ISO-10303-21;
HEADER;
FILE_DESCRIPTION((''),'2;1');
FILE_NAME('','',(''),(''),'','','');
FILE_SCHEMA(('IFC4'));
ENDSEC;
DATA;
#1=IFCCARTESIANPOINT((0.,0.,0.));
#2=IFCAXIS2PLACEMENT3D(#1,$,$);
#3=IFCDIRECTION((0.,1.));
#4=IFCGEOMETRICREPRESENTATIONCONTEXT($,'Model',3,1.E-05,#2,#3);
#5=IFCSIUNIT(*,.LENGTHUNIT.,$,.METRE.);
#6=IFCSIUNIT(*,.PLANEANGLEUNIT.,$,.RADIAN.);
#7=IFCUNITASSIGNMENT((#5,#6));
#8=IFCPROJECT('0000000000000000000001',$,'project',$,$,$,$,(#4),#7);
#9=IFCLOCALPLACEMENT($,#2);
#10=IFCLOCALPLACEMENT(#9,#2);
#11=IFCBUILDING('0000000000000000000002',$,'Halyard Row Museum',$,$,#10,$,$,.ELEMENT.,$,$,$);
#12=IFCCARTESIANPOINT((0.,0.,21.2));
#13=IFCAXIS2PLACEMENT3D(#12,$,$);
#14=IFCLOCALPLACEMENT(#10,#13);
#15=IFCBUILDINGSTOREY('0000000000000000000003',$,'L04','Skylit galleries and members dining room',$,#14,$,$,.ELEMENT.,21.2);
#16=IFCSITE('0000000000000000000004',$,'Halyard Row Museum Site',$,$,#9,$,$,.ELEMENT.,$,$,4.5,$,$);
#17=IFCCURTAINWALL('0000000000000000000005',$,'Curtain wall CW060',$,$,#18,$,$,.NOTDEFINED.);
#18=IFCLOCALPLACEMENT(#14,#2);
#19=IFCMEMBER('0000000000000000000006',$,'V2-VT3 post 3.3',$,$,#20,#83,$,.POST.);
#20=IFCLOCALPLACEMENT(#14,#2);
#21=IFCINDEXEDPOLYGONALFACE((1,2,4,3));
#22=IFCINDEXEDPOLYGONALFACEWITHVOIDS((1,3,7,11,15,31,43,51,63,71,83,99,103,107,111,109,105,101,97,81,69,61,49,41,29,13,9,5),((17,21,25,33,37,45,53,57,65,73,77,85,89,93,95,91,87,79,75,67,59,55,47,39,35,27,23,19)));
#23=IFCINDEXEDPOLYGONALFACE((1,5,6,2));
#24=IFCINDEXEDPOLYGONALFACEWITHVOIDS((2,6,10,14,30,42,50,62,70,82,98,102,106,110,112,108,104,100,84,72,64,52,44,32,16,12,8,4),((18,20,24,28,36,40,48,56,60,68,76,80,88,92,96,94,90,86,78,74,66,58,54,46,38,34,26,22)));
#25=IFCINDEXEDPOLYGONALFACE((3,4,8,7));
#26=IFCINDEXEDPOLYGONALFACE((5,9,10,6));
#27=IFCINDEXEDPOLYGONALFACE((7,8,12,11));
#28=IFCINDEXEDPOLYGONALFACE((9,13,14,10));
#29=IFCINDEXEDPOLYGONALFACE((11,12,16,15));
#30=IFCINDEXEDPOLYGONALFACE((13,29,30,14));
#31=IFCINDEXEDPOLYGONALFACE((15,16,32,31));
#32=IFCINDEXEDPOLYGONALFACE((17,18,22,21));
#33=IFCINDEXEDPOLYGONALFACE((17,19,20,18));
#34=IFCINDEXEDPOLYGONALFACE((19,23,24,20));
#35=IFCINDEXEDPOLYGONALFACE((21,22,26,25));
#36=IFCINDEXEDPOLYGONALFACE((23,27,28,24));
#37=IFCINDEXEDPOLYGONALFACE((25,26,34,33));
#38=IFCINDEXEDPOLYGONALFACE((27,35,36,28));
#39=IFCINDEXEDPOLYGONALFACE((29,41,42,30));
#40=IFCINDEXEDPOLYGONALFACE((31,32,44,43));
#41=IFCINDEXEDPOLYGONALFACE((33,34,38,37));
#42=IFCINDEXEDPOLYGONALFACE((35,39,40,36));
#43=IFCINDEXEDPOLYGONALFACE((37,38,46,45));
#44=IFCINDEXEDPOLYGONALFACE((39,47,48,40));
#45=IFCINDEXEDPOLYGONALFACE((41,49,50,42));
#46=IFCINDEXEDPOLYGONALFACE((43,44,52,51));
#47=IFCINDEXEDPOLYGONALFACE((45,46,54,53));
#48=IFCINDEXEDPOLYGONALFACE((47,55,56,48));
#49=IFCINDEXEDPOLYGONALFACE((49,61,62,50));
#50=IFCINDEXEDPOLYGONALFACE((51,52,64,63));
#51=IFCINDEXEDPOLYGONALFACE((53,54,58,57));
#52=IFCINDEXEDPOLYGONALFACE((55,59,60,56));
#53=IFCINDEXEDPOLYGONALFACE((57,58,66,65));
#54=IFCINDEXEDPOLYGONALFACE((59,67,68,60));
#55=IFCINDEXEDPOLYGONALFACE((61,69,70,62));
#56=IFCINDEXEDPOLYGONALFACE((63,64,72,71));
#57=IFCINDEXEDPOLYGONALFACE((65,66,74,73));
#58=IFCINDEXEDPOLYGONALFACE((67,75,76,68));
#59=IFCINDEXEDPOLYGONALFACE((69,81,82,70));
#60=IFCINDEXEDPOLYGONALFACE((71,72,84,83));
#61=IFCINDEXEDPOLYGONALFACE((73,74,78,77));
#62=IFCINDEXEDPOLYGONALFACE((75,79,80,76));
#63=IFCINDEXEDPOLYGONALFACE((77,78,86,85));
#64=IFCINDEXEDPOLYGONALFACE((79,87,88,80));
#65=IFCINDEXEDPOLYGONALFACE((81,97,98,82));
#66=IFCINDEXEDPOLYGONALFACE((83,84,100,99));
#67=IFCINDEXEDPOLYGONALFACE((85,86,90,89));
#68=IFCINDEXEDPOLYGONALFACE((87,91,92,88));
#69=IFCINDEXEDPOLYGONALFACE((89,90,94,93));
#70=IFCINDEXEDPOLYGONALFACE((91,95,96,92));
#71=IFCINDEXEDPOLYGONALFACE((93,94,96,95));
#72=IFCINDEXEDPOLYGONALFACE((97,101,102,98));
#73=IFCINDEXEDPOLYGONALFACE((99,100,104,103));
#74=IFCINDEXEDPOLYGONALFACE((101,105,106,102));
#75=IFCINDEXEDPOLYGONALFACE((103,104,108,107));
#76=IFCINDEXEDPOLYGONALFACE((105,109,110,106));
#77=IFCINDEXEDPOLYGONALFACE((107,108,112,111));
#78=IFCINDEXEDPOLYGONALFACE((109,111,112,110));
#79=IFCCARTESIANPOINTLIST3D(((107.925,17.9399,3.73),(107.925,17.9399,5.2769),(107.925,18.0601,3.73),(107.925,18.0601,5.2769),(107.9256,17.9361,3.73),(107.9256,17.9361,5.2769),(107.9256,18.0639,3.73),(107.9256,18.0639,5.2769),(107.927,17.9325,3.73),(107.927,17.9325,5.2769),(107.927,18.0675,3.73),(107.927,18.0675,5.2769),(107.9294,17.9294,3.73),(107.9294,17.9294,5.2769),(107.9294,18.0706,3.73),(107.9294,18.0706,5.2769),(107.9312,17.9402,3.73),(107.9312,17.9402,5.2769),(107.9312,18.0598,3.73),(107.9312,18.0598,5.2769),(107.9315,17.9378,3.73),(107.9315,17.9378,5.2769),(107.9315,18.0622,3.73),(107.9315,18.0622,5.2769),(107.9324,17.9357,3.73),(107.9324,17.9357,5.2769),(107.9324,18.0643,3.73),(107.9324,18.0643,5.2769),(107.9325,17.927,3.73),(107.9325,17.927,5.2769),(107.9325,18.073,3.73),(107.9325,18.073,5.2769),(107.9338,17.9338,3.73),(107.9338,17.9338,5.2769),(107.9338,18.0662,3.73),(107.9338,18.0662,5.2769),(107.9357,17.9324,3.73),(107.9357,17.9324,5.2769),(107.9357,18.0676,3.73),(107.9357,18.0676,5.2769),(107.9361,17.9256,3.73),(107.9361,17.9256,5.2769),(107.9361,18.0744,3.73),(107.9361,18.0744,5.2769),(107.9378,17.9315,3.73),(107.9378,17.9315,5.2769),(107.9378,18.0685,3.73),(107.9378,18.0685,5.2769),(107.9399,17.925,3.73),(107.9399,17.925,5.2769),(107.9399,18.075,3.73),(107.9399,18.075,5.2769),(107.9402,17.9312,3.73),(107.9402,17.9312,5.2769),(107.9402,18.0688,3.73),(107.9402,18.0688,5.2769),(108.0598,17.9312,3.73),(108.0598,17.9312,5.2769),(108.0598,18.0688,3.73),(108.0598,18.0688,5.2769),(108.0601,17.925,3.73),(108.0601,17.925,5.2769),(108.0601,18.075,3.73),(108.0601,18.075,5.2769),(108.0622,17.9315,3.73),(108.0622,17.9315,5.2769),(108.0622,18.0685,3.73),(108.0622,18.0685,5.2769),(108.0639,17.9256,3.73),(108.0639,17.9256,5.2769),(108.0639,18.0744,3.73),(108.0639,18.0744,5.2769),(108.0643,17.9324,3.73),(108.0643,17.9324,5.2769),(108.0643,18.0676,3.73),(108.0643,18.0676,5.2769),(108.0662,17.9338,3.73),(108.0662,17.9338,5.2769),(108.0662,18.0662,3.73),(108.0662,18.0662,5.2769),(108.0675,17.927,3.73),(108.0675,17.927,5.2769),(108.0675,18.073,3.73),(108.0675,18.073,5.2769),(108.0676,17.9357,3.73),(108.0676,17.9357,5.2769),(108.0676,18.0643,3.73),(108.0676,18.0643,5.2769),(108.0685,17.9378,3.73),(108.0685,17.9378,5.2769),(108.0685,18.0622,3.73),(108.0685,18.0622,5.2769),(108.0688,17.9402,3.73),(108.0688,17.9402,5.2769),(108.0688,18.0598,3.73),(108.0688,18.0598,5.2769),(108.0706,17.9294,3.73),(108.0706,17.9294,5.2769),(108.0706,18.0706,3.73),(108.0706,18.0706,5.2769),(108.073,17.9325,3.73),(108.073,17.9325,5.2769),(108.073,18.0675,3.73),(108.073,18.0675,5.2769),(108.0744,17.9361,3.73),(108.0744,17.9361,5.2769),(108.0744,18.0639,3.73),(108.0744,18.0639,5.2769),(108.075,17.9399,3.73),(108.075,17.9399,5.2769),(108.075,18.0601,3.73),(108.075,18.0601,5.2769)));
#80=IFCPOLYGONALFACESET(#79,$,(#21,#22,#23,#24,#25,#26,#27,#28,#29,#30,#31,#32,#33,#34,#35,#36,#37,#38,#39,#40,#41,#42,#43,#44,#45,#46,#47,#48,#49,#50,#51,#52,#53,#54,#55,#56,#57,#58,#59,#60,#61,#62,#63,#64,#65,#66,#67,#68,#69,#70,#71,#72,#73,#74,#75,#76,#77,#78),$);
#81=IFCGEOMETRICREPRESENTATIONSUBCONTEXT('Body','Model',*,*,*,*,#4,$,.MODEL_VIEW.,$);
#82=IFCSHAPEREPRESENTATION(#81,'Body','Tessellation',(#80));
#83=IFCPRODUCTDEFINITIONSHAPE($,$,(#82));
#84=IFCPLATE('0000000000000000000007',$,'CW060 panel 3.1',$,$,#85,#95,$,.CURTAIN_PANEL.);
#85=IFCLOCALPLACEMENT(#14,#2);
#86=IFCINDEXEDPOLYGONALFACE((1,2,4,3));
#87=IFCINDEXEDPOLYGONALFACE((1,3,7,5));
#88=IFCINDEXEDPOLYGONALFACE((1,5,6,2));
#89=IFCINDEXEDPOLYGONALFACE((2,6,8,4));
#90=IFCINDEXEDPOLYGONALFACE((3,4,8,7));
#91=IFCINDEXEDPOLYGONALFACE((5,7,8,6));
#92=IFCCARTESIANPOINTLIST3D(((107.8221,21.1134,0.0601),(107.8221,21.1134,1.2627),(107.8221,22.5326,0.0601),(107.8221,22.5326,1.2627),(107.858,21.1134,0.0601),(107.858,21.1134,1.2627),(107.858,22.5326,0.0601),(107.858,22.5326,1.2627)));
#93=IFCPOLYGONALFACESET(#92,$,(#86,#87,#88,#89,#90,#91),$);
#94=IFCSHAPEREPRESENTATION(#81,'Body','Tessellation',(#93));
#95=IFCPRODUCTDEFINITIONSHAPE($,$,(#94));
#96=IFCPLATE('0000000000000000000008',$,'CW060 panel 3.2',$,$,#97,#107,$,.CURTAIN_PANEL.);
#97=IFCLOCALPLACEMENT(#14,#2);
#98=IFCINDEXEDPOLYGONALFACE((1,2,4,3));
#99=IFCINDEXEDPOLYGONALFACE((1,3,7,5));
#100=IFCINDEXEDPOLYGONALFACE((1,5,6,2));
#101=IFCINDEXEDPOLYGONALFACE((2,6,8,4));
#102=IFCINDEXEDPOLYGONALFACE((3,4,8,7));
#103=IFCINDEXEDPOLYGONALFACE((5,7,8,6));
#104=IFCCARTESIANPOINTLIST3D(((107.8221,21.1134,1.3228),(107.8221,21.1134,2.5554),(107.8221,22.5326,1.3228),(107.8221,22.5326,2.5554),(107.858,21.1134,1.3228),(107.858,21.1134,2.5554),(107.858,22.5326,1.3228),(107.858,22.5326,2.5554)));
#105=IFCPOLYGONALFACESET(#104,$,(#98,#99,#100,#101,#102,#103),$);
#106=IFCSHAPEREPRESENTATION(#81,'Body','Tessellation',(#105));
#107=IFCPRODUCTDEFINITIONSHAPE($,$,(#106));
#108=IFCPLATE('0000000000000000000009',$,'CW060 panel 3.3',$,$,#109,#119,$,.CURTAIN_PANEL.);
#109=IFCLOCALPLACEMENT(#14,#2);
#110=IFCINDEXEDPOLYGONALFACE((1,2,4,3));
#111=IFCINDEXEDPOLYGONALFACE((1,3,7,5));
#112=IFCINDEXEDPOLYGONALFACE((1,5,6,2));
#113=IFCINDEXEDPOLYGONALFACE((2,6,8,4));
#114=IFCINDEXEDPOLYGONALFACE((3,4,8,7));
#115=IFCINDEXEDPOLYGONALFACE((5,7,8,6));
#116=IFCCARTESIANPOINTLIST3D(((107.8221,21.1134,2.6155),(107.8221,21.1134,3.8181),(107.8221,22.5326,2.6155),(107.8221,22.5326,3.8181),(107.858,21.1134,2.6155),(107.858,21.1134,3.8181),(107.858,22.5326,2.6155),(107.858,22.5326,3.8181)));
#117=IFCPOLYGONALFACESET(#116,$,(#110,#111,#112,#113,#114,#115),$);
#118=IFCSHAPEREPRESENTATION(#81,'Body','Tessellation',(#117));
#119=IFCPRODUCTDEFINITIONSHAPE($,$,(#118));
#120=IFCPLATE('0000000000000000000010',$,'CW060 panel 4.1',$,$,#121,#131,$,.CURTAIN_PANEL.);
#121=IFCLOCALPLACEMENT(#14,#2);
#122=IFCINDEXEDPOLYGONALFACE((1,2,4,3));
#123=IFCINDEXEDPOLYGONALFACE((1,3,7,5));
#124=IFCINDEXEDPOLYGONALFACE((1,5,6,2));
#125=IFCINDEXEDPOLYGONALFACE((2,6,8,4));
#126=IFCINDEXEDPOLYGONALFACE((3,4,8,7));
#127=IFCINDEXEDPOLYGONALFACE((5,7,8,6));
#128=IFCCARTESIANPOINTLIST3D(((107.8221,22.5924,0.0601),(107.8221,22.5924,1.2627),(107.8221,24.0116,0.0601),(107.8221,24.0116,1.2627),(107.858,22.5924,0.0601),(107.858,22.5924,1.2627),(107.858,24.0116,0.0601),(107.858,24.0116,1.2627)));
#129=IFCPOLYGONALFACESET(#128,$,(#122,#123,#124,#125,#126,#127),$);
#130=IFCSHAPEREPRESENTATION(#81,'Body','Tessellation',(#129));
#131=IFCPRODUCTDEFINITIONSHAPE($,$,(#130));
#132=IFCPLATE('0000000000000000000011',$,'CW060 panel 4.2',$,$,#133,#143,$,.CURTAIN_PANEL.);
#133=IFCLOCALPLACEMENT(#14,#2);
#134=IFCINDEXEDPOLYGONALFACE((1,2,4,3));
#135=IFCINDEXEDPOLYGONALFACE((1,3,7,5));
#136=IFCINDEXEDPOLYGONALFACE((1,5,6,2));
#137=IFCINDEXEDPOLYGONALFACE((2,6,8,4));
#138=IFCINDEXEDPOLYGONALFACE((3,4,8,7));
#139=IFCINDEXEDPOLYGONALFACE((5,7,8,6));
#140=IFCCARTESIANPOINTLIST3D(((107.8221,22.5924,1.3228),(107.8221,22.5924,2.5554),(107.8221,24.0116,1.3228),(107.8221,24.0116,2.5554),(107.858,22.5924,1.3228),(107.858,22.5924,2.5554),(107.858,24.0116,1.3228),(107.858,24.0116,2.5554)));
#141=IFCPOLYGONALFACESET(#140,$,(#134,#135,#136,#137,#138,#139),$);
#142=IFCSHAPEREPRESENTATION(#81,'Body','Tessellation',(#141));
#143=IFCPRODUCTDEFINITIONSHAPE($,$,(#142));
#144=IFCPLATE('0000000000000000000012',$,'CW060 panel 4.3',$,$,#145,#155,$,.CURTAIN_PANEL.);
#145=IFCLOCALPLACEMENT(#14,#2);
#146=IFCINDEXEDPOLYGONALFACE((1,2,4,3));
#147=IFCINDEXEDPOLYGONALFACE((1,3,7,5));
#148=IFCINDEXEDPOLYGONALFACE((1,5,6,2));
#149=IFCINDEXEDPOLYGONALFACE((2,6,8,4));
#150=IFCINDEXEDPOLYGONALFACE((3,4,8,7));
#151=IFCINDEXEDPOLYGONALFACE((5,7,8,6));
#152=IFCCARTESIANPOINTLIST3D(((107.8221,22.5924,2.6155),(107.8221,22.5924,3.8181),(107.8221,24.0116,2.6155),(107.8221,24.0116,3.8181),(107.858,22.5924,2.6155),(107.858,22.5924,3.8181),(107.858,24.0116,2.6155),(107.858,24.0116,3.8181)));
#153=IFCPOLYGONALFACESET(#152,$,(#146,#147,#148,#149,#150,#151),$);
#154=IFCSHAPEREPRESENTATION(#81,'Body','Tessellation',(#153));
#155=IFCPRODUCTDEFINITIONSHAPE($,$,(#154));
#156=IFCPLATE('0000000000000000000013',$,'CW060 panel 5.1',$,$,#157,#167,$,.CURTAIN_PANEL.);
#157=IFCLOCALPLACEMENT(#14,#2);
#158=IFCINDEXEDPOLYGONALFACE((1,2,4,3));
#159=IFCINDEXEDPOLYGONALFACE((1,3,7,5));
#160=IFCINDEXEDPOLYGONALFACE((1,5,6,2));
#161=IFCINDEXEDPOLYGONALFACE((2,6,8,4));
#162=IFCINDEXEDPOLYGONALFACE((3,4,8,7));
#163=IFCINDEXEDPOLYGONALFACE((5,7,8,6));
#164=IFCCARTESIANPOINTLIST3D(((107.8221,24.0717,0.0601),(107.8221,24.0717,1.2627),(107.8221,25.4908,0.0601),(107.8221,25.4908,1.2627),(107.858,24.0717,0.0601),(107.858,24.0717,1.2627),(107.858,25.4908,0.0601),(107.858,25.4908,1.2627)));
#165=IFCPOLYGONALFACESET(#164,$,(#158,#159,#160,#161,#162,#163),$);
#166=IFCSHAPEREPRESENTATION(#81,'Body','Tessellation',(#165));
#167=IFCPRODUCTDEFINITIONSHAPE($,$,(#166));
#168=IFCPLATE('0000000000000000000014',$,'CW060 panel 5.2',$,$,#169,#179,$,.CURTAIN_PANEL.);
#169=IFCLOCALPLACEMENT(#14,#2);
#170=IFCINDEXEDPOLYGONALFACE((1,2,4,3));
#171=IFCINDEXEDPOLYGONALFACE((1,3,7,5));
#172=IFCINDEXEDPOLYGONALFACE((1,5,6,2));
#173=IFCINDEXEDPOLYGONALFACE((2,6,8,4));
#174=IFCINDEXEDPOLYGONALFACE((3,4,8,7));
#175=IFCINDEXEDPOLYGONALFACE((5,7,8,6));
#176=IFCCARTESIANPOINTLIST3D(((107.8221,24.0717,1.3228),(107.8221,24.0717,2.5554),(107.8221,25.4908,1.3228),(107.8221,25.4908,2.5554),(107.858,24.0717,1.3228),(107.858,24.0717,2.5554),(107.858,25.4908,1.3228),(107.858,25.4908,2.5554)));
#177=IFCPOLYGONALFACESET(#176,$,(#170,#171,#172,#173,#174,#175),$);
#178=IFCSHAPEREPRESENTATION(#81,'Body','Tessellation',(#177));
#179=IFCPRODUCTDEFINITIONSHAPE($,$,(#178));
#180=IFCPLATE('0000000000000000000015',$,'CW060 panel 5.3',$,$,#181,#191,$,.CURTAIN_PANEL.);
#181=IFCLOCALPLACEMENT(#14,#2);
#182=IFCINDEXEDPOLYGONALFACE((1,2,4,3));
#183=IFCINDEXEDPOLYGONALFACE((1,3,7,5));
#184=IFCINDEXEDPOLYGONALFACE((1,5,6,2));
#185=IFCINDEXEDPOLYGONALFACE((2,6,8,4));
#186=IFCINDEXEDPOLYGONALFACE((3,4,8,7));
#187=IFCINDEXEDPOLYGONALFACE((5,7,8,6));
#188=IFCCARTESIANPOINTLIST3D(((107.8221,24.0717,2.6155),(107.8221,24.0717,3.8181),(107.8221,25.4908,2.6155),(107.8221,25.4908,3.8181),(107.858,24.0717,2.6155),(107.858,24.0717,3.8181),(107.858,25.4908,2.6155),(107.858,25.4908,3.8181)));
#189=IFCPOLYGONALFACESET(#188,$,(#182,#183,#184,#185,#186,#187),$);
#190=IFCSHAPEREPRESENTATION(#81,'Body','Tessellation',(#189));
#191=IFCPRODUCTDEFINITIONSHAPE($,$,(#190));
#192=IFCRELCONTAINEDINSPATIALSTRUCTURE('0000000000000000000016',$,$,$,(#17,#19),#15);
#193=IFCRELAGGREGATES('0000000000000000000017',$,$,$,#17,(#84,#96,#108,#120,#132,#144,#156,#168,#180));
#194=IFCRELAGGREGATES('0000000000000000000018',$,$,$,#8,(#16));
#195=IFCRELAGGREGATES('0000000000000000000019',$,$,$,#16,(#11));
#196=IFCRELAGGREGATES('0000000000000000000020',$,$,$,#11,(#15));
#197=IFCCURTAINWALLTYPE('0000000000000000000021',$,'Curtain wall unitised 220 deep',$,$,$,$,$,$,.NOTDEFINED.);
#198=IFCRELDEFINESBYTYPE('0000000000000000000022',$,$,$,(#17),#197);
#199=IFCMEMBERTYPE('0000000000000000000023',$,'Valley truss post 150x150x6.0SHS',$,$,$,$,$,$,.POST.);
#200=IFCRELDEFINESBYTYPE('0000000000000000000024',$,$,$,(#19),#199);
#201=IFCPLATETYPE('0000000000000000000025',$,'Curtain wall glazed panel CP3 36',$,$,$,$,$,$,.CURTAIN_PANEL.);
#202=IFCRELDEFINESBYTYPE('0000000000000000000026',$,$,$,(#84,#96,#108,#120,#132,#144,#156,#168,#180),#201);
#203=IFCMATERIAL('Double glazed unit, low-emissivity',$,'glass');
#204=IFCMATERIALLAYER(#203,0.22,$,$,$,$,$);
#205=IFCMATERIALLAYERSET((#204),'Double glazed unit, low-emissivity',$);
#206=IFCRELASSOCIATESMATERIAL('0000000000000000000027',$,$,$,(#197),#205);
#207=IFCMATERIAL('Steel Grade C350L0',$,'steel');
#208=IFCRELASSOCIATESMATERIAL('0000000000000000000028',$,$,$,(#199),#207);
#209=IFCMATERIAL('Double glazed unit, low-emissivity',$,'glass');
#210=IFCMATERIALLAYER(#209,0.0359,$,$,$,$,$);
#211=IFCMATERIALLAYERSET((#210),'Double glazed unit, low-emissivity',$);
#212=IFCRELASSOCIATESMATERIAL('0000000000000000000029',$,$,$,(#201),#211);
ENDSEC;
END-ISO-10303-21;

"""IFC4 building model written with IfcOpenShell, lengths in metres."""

from ifc_helpers import new_model, si_unit, direction, frame, origin, origin_2d, place, context, subcontext, project, spatial, rectangle, hollow_rectangle, extrude, material, layer, layer_set, material_profile, profile_set, type_object, element, aggregate, save


model = new_model("IFC4")

# Units and contexts
model_context = context("Model", 3, precision=1e-05, world=origin(), true_north=direction((0.0, 1.0)))
body_context = subcontext(model_context, "Body", "Model", "MODEL_VIEW")
ifc_project = project(units=[si_unit("LENGTHUNIT", "METRE"), si_unit("PLANEANGLEUNIT", "RADIAN")], contexts=[model_context])

# Site, building, storey
site_placement = place(None, origin())
site = spatial("IfcSite", under=ifc_project, at=site_placement, Name="Halyard Row Museum Site", CompositionType="ELEMENT", RefElevation=4.5)
building_placement = place(site_placement, origin())
building = spatial("IfcBuilding", under=site, at=building_placement, Name="Halyard Row Museum", CompositionType="ELEMENT")
storey_placement = place(building_placement, frame((0.0, 0.0, 21.2)))
storey = spatial("IfcBuildingStorey", under=building, at=storey_placement, Name="L04", Description="Skylit galleries and members dining room", CompositionType="ELEMENT", Elevation=21.2)

# Curtain wall
ifc_material_1 = material(Name="Double glazed unit, low-emissivity", Category="glass")
ifc_layer_1 = layer(ifc_material_1, 0.22)
ifc_layer_set_1 = layer_set([ifc_layer_1], Name="Double glazed unit, low-emissivity")
curtain_wall_type = type_object("IfcCurtainWallType", Name="Curtain wall unitised 220 deep", PredefinedType="NOTDEFINED", material=ifc_layer_set_1)
curtain_wall_placement = place(storey_placement, origin())
curtain_wall = element("IfcCurtainWall", 1, at=curtain_wall_placement, inside=storey, type_object=curtain_wall_type, Name="Curtain wall CW060", PredefinedType="NOTDEFINED")

# Member
ifc_material_2 = material(Name="Steel Grade C350L0", Category="steel")
ifc_material_profile_1 = material_profile(ifc_material_2, hollow_rectangle(XDim=0.1499, YDim=0.1499, WallThickness=0.0061, InnerFilletRadius=0.009, OuterFilletRadius=0.0149, at=origin_2d()), Name="150x150x6.0SHS")
ifc_profile_set_1 = profile_set([ifc_material_profile_1], Name="Steel Grade C350L0")
member_type_1 = type_object("IfcMemberType", Name="Valley truss post 150x150x6.0SHS", PredefinedType="POST", material=ifc_profile_set_1)
member_1_placement = place(storey_placement, frame((108.0, 18.0, 3.73), z_axis=(0.0, 0.0, 1.0), x_axis=(1.0, 0.0, 0.0)))
element("IfcMember", 2, at=member_1_placement, inside=storey, type_object=member_type_1, Name="V2-VT3 post 3.3", PredefinedType="POST", context=body_context, shape_type="SweptSolid", body=[
    extrude(hollow_rectangle(XDim=0.1499, YDim=0.1499, WallThickness=0.0061, InnerFilletRadius=0.009, OuterFilletRadius=0.0149, at=origin_2d()), origin(), (0.0, 0.0, 1.0), 1.5469),
])

# Plates
ifc_material_3 = material(Name="Double glazed unit, low-emissivity", Category="glass")
ifc_layer_2 = layer(ifc_material_3, 0.0359)
ifc_layer_set_2 = layer_set([ifc_layer_2], Name="Double glazed unit, low-emissivity")
plate_type = type_object("IfcPlateType", Name="Curtain wall glazed panel CP3 36", PredefinedType="CURTAIN_PANEL", material=ifc_layer_set_2)
plate_1_placement = place(storey_placement, frame((107.8401, 21.823, 0.0601), z_axis=(0.0, 0.0, 1.0), x_axis=(0.0, 1.0, 0.0)))
plate_1 = element("IfcPlate", 3, at=plate_1_placement, type_object=plate_type, Name="CW060 panel 3.1", PredefinedType="CURTAIN_PANEL", context=body_context, shape_type="SweptSolid", body=[
    extrude(rectangle(XDim=1.4192, YDim=0.0359, at=origin_2d()), origin(), (0.0, 0.0, 1.0), 1.2026),
])
plate_2_placement = place(storey_placement, frame((107.8401, 21.823, 1.3228), z_axis=(0.0, 0.0, 1.0), x_axis=(0.0, 1.0, 0.0)))
plate_2 = element("IfcPlate", 4, at=plate_2_placement, type_object=plate_type, Name="CW060 panel 3.2", PredefinedType="CURTAIN_PANEL", context=body_context, shape_type="SweptSolid", body=[
    extrude(rectangle(XDim=1.4192, YDim=0.0359, at=origin_2d()), origin(), (0.0, 0.0, 1.0), 1.2327),
])
plate_3_placement = place(storey_placement, frame((107.8401, 21.823, 2.6155), z_axis=(0.0, 0.0, 1.0), x_axis=(0.0, 1.0, 0.0)))
plate_3 = element("IfcPlate", 5, at=plate_3_placement, type_object=plate_type, Name="CW060 panel 3.3", PredefinedType="CURTAIN_PANEL", context=body_context, shape_type="SweptSolid", body=[
    extrude(rectangle(XDim=1.4192, YDim=0.0359, at=origin_2d()), origin(), (0.0, 0.0, 1.0), 1.2026),
])
plate_4_placement = place(storey_placement, frame((107.8401, 23.302, 0.0601), z_axis=(0.0, 0.0, 1.0), x_axis=(0.0, 1.0, 0.0)))
plate_4 = element("IfcPlate", 6, at=plate_4_placement, type_object=plate_type, Name="CW060 panel 4.1", PredefinedType="CURTAIN_PANEL", context=body_context, shape_type="SweptSolid", body=[
    extrude(rectangle(XDim=1.4192, YDim=0.0359, at=origin_2d()), origin(), (0.0, 0.0, 1.0), 1.2026),
])
plate_5_placement = place(storey_placement, frame((107.8401, 23.302, 1.3228), z_axis=(0.0, 0.0, 1.0), x_axis=(0.0, 1.0, 0.0)))
plate_5 = element("IfcPlate", 7, at=plate_5_placement, type_object=plate_type, Name="CW060 panel 4.2", PredefinedType="CURTAIN_PANEL", context=body_context, shape_type="SweptSolid", body=[
    extrude(rectangle(XDim=1.4192, YDim=0.0359, at=origin_2d()), origin(), (0.0, 0.0, 1.0), 1.2327),
])
plate_6_placement = place(storey_placement, frame((107.8401, 23.302, 2.6155), z_axis=(0.0, 0.0, 1.0), x_axis=(0.0, 1.0, 0.0)))
plate_6 = element("IfcPlate", 8, at=plate_6_placement, type_object=plate_type, Name="CW060 panel 4.3", PredefinedType="CURTAIN_PANEL", context=body_context, shape_type="SweptSolid", body=[
    extrude(rectangle(XDim=1.4192, YDim=0.0359, at=origin_2d()), origin(), (0.0, 0.0, 1.0), 1.2026),
])
plate_7_placement = place(storey_placement, frame((107.8401, 24.7812, 0.0601), z_axis=(0.0, 0.0, 1.0), x_axis=(0.0, 1.0, 0.0)))
plate_7 = element("IfcPlate", 9, at=plate_7_placement, type_object=plate_type, Name="CW060 panel 5.1", PredefinedType="CURTAIN_PANEL", context=body_context, shape_type="SweptSolid", body=[
    extrude(rectangle(XDim=1.4192, YDim=0.0359, at=origin_2d()), origin(), (0.0, 0.0, 1.0), 1.2026),
])
plate_8_placement = place(storey_placement, frame((107.8401, 24.7812, 1.3228), z_axis=(0.0, 0.0, 1.0), x_axis=(0.0, 1.0, 0.0)))
plate_8 = element("IfcPlate", 10, at=plate_8_placement, type_object=plate_type, Name="CW060 panel 5.2", PredefinedType="CURTAIN_PANEL", context=body_context, shape_type="SweptSolid", body=[
    extrude(rectangle(XDim=1.4192, YDim=0.0359, at=origin_2d()), origin(), (0.0, 0.0, 1.0), 1.2327),
])
plate_9_placement = place(storey_placement, frame((107.8401, 24.7812, 2.6155), z_axis=(0.0, 0.0, 1.0), x_axis=(0.0, 1.0, 0.0)))
plate_9 = element("IfcPlate", 11, at=plate_9_placement, type_object=plate_type, Name="CW060 panel 5.3", PredefinedType="CURTAIN_PANEL", context=body_context, shape_type="SweptSolid", body=[
    extrude(rectangle(XDim=1.4192, YDim=0.0359, at=origin_2d()), origin(), (0.0, 0.0, 1.0), 1.2026),
])
aggregate(curtain_wall, [plate_1, plate_2, plate_3, plate_4, plate_5, plate_6, plate_7, plate_8, plate_9])

save(model, "model.ifc")
